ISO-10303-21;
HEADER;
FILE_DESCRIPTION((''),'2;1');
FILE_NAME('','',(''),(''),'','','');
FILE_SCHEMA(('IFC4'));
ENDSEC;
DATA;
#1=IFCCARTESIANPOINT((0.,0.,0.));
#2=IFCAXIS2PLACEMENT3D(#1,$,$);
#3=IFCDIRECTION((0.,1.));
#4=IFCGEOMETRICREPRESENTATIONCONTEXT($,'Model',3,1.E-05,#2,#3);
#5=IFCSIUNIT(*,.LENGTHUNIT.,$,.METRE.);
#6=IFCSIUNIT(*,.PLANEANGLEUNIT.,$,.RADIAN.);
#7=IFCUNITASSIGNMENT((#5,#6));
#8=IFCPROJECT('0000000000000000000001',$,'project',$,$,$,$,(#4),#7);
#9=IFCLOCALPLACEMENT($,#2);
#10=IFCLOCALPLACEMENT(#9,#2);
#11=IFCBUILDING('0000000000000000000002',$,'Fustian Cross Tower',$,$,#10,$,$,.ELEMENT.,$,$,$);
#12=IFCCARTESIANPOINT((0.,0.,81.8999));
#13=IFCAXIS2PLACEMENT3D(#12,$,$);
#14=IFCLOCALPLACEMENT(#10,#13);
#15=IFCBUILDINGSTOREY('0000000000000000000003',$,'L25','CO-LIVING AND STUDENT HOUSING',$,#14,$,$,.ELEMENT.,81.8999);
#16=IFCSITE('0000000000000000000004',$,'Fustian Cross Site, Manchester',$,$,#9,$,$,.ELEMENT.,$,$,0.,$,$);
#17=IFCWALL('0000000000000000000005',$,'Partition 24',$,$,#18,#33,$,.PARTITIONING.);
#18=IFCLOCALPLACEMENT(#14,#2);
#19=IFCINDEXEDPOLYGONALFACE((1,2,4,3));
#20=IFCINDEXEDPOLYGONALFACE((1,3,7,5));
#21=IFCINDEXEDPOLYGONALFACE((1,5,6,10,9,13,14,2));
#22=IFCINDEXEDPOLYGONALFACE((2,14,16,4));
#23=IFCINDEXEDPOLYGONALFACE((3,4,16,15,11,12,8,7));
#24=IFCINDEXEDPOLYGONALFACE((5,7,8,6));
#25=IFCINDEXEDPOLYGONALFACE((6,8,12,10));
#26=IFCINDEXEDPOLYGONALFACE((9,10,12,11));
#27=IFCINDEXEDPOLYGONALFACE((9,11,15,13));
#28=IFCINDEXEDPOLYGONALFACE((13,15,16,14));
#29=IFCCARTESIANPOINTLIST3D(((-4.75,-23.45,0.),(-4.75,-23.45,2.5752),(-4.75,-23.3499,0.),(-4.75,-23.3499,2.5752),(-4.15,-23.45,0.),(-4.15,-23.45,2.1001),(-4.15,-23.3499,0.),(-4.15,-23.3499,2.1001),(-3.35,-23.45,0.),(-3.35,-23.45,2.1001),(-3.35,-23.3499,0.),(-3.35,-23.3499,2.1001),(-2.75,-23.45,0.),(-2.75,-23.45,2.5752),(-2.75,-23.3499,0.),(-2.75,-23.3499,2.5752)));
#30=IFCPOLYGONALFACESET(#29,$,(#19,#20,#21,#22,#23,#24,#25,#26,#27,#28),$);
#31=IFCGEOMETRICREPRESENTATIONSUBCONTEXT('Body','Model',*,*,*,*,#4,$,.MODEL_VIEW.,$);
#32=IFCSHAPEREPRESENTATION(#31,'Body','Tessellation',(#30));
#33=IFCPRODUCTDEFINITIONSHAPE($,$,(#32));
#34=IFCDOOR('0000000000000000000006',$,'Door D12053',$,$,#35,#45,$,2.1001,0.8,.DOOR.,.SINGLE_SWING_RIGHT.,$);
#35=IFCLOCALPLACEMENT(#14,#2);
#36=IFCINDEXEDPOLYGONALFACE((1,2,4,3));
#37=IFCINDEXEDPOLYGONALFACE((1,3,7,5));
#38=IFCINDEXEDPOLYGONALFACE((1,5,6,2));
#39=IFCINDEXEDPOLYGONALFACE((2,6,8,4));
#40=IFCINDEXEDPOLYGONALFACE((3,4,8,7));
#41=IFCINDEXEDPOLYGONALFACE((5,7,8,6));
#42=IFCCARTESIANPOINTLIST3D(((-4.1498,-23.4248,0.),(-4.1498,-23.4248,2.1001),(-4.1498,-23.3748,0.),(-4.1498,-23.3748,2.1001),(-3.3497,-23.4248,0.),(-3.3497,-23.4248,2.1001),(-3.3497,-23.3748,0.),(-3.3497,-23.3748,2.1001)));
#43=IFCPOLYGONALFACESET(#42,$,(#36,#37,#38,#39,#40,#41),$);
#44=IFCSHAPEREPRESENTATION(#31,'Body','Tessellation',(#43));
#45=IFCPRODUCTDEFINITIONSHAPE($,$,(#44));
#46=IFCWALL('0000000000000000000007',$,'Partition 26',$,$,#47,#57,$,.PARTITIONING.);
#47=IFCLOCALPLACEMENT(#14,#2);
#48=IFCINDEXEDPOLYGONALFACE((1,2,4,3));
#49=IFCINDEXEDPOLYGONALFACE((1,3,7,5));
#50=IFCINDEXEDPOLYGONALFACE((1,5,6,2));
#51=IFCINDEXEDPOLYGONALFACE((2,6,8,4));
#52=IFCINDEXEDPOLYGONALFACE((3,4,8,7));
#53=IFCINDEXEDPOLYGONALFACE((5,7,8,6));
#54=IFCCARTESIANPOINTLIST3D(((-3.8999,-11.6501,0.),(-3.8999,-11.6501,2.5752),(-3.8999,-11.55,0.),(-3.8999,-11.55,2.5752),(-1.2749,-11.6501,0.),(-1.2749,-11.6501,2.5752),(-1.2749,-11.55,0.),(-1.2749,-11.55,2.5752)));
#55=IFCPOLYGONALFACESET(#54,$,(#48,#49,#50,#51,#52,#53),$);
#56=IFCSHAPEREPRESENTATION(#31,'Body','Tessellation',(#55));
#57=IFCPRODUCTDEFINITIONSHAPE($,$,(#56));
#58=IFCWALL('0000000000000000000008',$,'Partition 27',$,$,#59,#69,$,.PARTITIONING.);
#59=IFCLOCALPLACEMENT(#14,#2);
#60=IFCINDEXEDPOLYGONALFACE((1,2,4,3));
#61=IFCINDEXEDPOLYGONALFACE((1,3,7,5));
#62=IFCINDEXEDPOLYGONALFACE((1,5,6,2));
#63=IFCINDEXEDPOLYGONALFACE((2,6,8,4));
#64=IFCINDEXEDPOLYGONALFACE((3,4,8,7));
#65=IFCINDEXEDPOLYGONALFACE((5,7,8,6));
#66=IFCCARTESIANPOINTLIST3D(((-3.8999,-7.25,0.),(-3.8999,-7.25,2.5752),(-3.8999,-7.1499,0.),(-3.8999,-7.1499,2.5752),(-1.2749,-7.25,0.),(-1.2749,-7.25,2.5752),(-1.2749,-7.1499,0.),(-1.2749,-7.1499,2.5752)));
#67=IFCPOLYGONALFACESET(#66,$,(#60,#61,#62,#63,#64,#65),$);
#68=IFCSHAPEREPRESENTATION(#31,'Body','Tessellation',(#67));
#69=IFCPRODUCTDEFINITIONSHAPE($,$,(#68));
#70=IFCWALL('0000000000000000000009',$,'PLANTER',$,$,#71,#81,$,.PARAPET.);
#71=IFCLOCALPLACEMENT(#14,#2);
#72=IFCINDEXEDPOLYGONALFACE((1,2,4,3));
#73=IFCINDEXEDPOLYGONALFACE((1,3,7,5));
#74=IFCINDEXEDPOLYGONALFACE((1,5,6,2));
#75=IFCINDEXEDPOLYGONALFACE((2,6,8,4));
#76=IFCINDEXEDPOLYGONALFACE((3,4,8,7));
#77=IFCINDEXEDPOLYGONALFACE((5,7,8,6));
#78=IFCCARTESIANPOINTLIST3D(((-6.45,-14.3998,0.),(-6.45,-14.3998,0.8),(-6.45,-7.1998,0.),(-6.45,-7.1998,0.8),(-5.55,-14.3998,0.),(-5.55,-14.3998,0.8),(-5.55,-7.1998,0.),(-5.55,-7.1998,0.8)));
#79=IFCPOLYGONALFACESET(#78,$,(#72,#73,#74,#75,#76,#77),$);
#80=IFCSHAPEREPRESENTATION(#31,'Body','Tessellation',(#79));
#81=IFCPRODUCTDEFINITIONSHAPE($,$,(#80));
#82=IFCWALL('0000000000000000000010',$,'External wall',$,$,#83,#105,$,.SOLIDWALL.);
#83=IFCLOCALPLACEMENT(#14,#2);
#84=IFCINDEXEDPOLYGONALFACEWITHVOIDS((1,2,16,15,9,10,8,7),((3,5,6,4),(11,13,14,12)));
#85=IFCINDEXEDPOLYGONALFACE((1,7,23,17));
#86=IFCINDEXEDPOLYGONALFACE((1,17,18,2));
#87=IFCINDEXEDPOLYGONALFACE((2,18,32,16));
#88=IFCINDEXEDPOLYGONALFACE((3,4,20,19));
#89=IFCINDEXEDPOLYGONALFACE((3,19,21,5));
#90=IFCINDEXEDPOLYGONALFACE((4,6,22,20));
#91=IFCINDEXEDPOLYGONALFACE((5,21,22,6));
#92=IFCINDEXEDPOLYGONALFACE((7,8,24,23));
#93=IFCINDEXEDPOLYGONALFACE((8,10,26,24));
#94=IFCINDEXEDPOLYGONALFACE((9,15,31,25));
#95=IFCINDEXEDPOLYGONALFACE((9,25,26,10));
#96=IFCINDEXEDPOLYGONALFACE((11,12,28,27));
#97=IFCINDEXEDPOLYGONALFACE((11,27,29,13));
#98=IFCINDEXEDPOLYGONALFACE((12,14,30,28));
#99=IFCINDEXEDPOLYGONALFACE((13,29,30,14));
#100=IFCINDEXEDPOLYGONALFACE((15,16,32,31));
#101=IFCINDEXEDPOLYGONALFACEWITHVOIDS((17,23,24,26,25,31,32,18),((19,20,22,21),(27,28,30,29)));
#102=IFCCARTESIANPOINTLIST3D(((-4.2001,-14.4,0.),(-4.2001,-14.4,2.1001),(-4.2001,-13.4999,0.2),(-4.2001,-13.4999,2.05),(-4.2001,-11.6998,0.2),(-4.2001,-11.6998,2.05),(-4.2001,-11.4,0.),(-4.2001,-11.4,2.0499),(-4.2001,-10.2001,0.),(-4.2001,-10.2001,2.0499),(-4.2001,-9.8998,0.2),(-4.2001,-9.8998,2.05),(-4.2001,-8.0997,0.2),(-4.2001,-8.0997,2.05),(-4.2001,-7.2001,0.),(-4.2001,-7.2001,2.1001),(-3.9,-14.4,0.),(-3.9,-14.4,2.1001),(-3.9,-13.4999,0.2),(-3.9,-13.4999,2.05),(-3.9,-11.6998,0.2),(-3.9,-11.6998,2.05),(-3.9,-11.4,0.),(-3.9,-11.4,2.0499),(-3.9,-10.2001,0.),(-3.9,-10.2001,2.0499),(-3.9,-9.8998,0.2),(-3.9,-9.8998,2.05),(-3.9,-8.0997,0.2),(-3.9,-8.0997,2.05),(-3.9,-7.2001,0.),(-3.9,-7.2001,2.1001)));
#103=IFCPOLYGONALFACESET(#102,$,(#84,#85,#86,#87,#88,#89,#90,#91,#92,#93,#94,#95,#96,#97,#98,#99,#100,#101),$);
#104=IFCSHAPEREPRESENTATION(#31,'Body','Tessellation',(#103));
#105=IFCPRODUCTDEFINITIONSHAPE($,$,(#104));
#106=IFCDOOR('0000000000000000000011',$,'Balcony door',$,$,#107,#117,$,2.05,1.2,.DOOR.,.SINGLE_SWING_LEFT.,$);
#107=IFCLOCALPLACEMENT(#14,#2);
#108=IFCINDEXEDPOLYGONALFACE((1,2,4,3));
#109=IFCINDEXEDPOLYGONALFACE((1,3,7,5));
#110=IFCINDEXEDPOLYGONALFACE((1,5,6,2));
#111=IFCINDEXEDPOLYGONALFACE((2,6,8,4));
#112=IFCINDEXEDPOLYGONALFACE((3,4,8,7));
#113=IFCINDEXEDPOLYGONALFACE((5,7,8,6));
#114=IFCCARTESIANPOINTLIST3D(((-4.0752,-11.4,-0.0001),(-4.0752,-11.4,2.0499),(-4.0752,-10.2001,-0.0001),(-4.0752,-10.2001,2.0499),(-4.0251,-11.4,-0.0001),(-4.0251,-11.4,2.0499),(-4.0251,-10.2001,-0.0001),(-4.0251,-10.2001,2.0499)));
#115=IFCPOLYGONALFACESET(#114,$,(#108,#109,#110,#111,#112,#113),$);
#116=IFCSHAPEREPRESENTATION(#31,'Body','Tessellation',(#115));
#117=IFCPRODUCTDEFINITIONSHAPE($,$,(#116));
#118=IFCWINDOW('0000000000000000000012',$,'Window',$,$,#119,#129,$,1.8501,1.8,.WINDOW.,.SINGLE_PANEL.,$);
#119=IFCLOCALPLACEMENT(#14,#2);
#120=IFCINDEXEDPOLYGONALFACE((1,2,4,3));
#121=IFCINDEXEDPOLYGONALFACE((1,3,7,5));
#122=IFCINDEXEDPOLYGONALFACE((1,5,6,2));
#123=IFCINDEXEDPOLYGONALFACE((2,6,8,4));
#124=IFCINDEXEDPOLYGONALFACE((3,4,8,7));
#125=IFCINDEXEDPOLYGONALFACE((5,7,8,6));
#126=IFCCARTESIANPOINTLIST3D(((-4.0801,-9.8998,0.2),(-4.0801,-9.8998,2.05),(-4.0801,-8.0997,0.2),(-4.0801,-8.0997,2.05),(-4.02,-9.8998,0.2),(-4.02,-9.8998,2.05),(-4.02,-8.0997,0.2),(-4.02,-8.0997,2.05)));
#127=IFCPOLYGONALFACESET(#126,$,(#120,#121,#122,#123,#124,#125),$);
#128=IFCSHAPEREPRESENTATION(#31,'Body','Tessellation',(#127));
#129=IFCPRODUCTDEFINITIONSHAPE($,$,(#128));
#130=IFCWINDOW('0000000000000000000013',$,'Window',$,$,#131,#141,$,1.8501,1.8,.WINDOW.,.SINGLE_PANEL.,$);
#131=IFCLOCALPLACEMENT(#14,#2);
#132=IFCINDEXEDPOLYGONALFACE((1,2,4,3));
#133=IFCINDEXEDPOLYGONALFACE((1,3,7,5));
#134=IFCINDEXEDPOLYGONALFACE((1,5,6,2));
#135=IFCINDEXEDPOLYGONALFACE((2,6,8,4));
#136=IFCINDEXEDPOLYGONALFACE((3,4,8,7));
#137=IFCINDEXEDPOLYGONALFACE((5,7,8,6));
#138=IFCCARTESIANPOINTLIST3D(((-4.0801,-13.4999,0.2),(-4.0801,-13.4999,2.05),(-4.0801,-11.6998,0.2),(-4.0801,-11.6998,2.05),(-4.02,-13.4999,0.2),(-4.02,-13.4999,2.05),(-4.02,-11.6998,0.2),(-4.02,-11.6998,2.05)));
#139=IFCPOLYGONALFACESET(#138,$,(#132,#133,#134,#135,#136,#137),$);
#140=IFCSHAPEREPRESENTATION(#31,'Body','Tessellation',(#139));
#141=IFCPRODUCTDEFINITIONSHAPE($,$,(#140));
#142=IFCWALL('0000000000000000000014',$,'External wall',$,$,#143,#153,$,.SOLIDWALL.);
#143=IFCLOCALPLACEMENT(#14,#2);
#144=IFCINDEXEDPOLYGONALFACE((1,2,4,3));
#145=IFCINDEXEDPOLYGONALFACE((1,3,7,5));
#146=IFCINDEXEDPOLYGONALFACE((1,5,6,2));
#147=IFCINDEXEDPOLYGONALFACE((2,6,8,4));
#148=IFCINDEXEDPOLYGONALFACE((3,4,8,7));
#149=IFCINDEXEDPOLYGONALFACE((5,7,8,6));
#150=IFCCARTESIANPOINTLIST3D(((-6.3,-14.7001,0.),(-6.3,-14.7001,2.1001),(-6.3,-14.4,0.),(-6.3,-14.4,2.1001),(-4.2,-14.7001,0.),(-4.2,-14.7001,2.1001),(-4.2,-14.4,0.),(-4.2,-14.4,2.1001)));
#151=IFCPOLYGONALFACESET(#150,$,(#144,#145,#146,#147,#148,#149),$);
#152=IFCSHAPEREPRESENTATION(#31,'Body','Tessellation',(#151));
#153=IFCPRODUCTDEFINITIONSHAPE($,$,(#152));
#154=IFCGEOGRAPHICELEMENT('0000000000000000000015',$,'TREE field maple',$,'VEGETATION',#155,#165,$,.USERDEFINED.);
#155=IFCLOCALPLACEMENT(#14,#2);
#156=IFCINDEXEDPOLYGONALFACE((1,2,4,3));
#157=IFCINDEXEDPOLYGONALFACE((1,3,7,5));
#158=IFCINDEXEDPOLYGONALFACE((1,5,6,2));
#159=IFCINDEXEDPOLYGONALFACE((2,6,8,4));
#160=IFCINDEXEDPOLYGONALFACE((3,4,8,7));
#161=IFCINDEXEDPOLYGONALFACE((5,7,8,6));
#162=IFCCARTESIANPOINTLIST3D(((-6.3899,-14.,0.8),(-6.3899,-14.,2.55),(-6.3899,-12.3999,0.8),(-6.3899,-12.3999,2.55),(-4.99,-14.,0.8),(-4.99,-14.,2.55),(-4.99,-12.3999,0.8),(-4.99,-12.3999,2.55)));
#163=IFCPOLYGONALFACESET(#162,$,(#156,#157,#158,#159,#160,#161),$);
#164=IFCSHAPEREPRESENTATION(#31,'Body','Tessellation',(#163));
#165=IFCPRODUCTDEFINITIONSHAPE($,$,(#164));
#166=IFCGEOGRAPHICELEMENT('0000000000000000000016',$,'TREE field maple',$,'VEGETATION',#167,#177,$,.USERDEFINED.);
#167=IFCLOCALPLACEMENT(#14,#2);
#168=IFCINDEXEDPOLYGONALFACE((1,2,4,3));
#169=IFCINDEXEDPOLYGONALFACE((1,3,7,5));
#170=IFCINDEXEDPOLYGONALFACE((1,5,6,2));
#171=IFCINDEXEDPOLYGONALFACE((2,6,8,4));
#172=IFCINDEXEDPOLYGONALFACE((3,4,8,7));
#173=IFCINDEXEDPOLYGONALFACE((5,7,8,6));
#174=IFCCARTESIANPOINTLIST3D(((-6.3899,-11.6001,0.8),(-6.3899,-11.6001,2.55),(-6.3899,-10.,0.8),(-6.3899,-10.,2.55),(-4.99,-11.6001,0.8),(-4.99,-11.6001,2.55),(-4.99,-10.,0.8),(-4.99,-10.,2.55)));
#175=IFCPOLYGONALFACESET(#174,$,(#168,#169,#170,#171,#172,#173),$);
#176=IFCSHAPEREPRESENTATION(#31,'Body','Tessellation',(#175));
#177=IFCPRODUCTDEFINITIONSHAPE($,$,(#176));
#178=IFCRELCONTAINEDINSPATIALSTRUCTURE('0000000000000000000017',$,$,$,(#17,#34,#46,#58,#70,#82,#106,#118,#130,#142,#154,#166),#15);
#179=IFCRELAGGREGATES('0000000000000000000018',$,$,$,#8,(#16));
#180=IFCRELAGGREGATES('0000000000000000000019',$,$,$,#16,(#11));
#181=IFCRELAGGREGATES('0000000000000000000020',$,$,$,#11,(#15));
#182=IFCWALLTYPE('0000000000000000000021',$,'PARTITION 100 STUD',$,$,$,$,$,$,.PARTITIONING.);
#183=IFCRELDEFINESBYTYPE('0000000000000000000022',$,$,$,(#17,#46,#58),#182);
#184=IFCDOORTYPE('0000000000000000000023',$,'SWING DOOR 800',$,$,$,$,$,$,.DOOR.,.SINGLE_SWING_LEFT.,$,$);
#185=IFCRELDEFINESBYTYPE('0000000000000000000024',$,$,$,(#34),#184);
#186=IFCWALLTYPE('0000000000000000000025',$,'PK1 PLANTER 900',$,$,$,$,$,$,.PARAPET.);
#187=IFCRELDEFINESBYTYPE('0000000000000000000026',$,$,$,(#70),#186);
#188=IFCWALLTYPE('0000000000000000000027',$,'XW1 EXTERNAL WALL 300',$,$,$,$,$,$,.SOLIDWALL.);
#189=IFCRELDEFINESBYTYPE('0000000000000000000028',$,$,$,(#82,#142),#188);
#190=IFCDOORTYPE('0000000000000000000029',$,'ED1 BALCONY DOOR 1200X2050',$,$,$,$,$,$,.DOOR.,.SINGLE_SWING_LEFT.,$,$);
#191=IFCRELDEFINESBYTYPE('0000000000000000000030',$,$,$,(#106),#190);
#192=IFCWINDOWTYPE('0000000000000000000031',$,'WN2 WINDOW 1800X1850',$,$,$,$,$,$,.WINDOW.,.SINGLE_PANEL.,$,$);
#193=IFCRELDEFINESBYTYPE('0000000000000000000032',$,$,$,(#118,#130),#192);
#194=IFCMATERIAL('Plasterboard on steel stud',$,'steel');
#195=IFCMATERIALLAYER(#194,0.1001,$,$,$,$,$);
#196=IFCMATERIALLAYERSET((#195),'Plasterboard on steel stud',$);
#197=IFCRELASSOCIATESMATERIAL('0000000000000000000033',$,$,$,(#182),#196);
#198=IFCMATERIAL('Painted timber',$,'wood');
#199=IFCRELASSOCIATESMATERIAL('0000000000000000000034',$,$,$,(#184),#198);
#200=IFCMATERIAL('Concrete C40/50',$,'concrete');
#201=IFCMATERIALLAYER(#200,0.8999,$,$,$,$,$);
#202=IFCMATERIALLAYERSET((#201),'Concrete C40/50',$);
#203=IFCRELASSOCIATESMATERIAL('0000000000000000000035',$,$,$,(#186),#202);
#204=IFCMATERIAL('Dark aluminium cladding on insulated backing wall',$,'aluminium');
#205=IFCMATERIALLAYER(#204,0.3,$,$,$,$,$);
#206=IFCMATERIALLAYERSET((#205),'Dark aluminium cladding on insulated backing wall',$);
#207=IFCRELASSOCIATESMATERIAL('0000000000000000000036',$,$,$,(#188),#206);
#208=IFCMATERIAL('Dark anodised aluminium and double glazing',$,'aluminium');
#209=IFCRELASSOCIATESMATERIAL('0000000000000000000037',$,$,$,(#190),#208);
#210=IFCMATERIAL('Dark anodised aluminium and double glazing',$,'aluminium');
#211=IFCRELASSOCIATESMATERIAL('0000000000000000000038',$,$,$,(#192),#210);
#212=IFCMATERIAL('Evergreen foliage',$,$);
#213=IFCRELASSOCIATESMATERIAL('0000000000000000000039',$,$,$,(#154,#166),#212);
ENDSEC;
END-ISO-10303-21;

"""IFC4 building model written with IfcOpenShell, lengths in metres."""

from ifc_helpers import new_model, si_unit, direction, frame, frame_2d, origin, origin_2d, place, context, subcontext, project, spatial, rectangle, extrude, material, layer, layer_set, type_object, element, fill, save


model = new_model("IFC4")

# Units and contexts
model_context = context("Model", 3, precision=1e-05, world=origin(), true_north=direction((0.0, 1.0)))
body_context = subcontext(model_context, "Body", "Model", "MODEL_VIEW")
ifc_project = project(units=[si_unit("LENGTHUNIT", "METRE"), si_unit("PLANEANGLEUNIT", "RADIAN")], contexts=[model_context])

# Site, building, storey
site_placement = place(None, origin())
site = spatial("IfcSite", under=ifc_project, at=site_placement, Name="Fustian Cross Site, Manchester", CompositionType="ELEMENT", RefElevation=0.0)
building_placement = place(site_placement, origin())
building = spatial("IfcBuilding", under=site, at=building_placement, Name="Fustian Cross Tower", CompositionType="ELEMENT")
storey_placement = place(building_placement, frame((0.0, 0.0, 81.8999)))
storey = spatial("IfcBuildingStorey", under=building, at=storey_placement, Name="L25", Description="CO-LIVING AND STUDENT HOUSING", CompositionType="ELEMENT", Elevation=81.8999)

# Shared definitions
ifc_material_1 = material(Name="Plasterboard on steel stud", Category="steel")
ifc_layer_1 = layer(ifc_material_1, 0.1001)
ifc_layer_set_1 = layer_set([ifc_layer_1], Name="Plasterboard on steel stud")
wall_type_1 = type_object("IfcWallType", Name="PARTITION 100 STUD", PredefinedType="PARTITIONING", material=ifc_layer_set_1)

# Wall, opening, door
wall_1_placement = place(storey_placement, frame((-4.75, -23.3999, 0.0), z_axis=(0.0, 0.0, 1.0), x_axis=(1.0, 0.0, 0.0)))
wall_1 = element("IfcWall", 1, at=wall_1_placement, inside=storey, type_object=wall_type_1, Name="Partition 24", PredefinedType="PARTITIONING", context=body_context, shape_type="SweptSolid", body=[
    extrude(rectangle(XDim=2.0, YDim=0.1001, at=frame_2d((1.0, 0.0))), origin(), (0.0, 0.0, 1.0), 2.5752),
])
opening_1_placement = place(wall_1_placement, frame((0.6001, 0.0, 0.0)))
opening_1 = element("IfcOpeningElement", 2, at=opening_1_placement, cuts=wall_1, PredefinedType="OPENING", context=body_context, shape_type="SweptSolid", body=[
    extrude(rectangle(XDim=0.8, YDim=2.1001, at=frame_2d((0.3999, 1.05))), frame((0.0, 0.0601, 0.0), z_axis=(0.0, -1.0, 0.0), x_axis=(1.0, 0.0, 0.0)), (0.0, 0.0, 1.0), 0.1201),
])
ifc_material_2 = material(Name="Painted timber", Category="wood")
door_type_1 = type_object("IfcDoorType", Name="SWING DOOR 800", OperationType="SINGLE_SWING_LEFT", PredefinedType="DOOR", material=ifc_material_2)
door_1_placement = place(opening_1_placement, frame((0.8, 0.0, 0.0), z_axis=(0.0, 0.0, 1.0), x_axis=(-1.0, 0.0, 0.0)))
door_1 = element("IfcDoor", 3, at=door_1_placement, inside=storey, type_object=door_type_1, Name="Door D12053", OperationType="SINGLE_SWING_RIGHT", OverallHeight=2.1001, OverallWidth=0.8, PredefinedType="DOOR", context=body_context, shape_type="SweptSolid", body=[
    extrude(rectangle(XDim=0.8, YDim=2.1001, at=frame_2d((0.3999, 1.05))), frame((0.0, 0.0249, 0.0), z_axis=(0.0, -1.0, 0.0), x_axis=(1.0, 0.0, 0.0)), (0.0, 0.0, 1.0), 0.05),
])
fill(opening_1, door_1)

# Walls
for number, where, z_axis, x_axis, name in (
    (4, (-3.8999, -11.6001, 0.0), (0.0, 0.0, 1.0), (1.0, 0.0, 0.0), "Partition 26"),
    (5, (-3.8999, -7.2, 0.0), (0.0, 0.0, 1.0), (1.0, 0.0, 0.0), "Partition 27"),
):
    element("IfcWall", number, at=place(storey_placement, frame(where, z_axis=z_axis, x_axis=x_axis)), inside=storey, type_object=wall_type_1, Name=name, PredefinedType="PARTITIONING", context=body_context, shape_type="SweptSolid", body=[
        extrude(rectangle(XDim=2.625, YDim=0.1001, at=frame_2d((1.3125, 0.0))), origin(), (0.0, 0.0, 1.0), 2.5752),
    ])
ifc_material_3 = material(Name="Concrete C40/50", Category="concrete")
ifc_layer_2 = layer(ifc_material_3, 0.8999)
ifc_layer_set_2 = layer_set([ifc_layer_2], Name="Concrete C40/50")
wall_type_2 = type_object("IfcWallType", Name="PK1 PLANTER 900", PredefinedType="PARAPET", material=ifc_layer_set_2)
wall_2_placement = place(storey_placement, frame((-6.0, -14.3999, 0.0), z_axis=(0.0, 0.0, 1.0), x_axis=(0.0, 1.0, 0.0)))
element("IfcWall", 6, at=wall_2_placement, inside=storey, type_object=wall_type_2, Name="PLANTER", PredefinedType="PARAPET", context=body_context, shape_type="SweptSolid", body=[
    extrude(rectangle(XDim=7.2, YDim=0.8999, at=frame_2d((3.6001, 0.0))), origin(), (0.0, 0.0, 1.0), 0.8),
])

# Wall, openings, door, windows
ifc_material_4 = material(Name="Dark aluminium cladding on insulated backing wall", Category="aluminium")
ifc_layer_3 = layer(ifc_material_4, 0.3)
ifc_layer_set_3 = layer_set([ifc_layer_3], Name="Dark aluminium cladding on insulated backing wall")
wall_type_3 = type_object("IfcWallType", Name="XW1 EXTERNAL WALL 300", PredefinedType="SOLIDWALL", material=ifc_layer_set_3)
wall_3_placement = place(storey_placement, frame((-4.05, -7.2, 0.0), z_axis=(0.0, 0.0, 1.0), x_axis=(0.0, -1.0, 0.0)))
wall_3 = element("IfcWall", 7, at=wall_3_placement, inside=storey, type_object=wall_type_3, Name="External wall", PredefinedType="SOLIDWALL", context=body_context, shape_type="SweptSolid", body=[
    extrude(rectangle(XDim=7.2, YDim=0.3, at=frame_2d((3.6001, 0.0))), origin(), (0.0, 0.0, 1.0), 2.1001),
])
opening_2_placement = place(wall_3_placement, frame((3.0, 0.0, 0.0)))
opening_2 = element("IfcOpeningElement", 8, at=opening_2_placement, cuts=wall_3, PredefinedType="OPENING", context=body_context, shape_type="SweptSolid", body=[
    extrude(rectangle(XDim=1.2, YDim=2.05, at=frame_2d((0.6001, 1.0249))), frame((0.0, 0.1599, 0.0), z_axis=(0.0, -1.0, 0.0), x_axis=(1.0, 0.0, 0.0)), (0.0, 0.0, 1.0), 0.3201),
])
opening_3_placement = place(wall_3_placement, frame((0.8999, 0.0, 0.2)))
opening_3 = element("IfcOpeningElement", 9, at=opening_3_placement, cuts=wall_3, PredefinedType="OPENING", context=body_context, shape_type="SweptSolid", body=[
    extrude(rectangle(XDim=1.8, YDim=1.8501, at=frame_2d((0.8999, 0.925))), frame((0.0, 0.1599, 0.0), z_axis=(0.0, -1.0, 0.0), x_axis=(1.0, 0.0, 0.0)), (0.0, 0.0, 1.0), 0.3201),
])
opening_4_placement = place(wall_3_placement, frame((4.5, 0.0, 0.2)))
opening_4 = element("IfcOpeningElement", 10, at=opening_4_placement, cuts=wall_3, PredefinedType="OPENING", context=body_context, shape_type="SweptSolid", body=[
    extrude(rectangle(XDim=1.8, YDim=1.8501, at=frame_2d((0.8999, 0.925))), frame((0.0, 0.1599, 0.0), z_axis=(0.0, -1.0, 0.0), x_axis=(1.0, 0.0, 0.0)), (0.0, 0.0, 1.0), 0.3201),
])
ifc_material_5 = material(Name="Dark anodised aluminium and double glazing", Category="aluminium")
door_type_2 = type_object("IfcDoorType", Name="ED1 BALCONY DOOR 1200X2050", OperationType="SINGLE_SWING_LEFT", PredefinedType="DOOR", material=ifc_material_5)
door_2_placement = place(opening_2_placement, origin())
door_2 = element("IfcDoor", 11, at=door_2_placement, inside=storey, type_object=door_type_2, Name="Balcony door", OperationType="SINGLE_SWING_LEFT", OverallHeight=2.05, OverallWidth=1.2, PredefinedType="DOOR", context=body_context, shape_type="SweptSolid", body=[
    extrude(rectangle(XDim=1.2, YDim=2.05, at=frame_2d((0.6001, 1.0249))), frame((0.0, 0.0249, 0.0), z_axis=(0.0, -1.0, 0.0), x_axis=(1.0, 0.0, 0.0)), (0.0, 0.0, 1.0), 0.05),
])
fill(opening_2, door_2)
ifc_material_6 = material(Name="Dark anodised aluminium and double glazing", Category="aluminium")
window_type = type_object("IfcWindowType", Name="WN2 WINDOW 1800X1850", PartitioningType="SINGLE_PANEL", PredefinedType="WINDOW", material=ifc_material_6)
window_1_placement = place(opening_3_placement, origin())
window_1 = element("IfcWindow", 12, at=window_1_placement, inside=storey, type_object=window_type, Name="Window", OverallHeight=1.8501, OverallWidth=1.8, PartitioningType="SINGLE_PANEL", PredefinedType="WINDOW", context=body_context, shape_type="SweptSolid", body=[
    extrude(rectangle(XDim=1.8, YDim=1.8501, at=frame_2d((0.8999, 0.925))), frame((0.0, 0.03, 0.0), z_axis=(0.0, -1.0, 0.0), x_axis=(1.0, 0.0, 0.0)), (0.0, 0.0, 1.0), 0.0601),
])
fill(opening_3, window_1)
window_2_placement = place(opening_4_placement, origin())
window_2 = element("IfcWindow", 13, at=window_2_placement, inside=storey, type_object=window_type, Name="Window", OverallHeight=1.8501, OverallWidth=1.8, PartitioningType="SINGLE_PANEL", PredefinedType="WINDOW", context=body_context, shape_type="SweptSolid", body=[
    extrude(rectangle(XDim=1.8, YDim=1.8501, at=frame_2d((0.8999, 0.925))), frame((0.0, 0.03, 0.0), z_axis=(0.0, -1.0, 0.0), x_axis=(1.0, 0.0, 0.0)), (0.0, 0.0, 1.0), 0.0601),
])
fill(opening_4, window_2)

# Wall
wall_4_placement = place(storey_placement, frame((-4.2, -14.55, 0.0), z_axis=(0.0, 0.0, 1.0), x_axis=(-1.0, 0.0, 0.0)))
element("IfcWall", 14, at=wall_4_placement, inside=storey, type_object=wall_type_3, Name="External wall", PredefinedType="SOLIDWALL", context=body_context, shape_type="SweptSolid", body=[
    extrude(rectangle(XDim=2.1001, YDim=0.3, at=frame_2d((1.05, 0.0))), origin(), (0.0, 0.0, 1.0), 2.1001),
])

# Geographic elements
ifc_material_7 = material(Name="Evergreen foliage")
for number, where, z_axis, x_axis, name in (
    (15, (-5.6899, -13.2, 0.8), (0.0, 0.0, 1.0), (1.0, 0.0, 0.0), "TREE field maple"),
    (16, (-5.6899, -10.8, 0.8), (0.0, 0.0, 1.0), (1.0, 0.0, 0.0), "TREE field maple"),
):
    element("IfcGeographicElement", number, at=place(storey_placement, frame(where, z_axis=z_axis, x_axis=x_axis)), inside=storey, material=ifc_material_7, Name=name, ObjectType="VEGETATION", PredefinedType="USERDEFINED", context=body_context, shape_type="SweptSolid", body=[
        extrude(rectangle(XDim=1.3999, YDim=1.6001, at=origin_2d()), origin(), (0.0, 0.0, 1.0), 1.75),
    ])

save(model, "model.ifc")
